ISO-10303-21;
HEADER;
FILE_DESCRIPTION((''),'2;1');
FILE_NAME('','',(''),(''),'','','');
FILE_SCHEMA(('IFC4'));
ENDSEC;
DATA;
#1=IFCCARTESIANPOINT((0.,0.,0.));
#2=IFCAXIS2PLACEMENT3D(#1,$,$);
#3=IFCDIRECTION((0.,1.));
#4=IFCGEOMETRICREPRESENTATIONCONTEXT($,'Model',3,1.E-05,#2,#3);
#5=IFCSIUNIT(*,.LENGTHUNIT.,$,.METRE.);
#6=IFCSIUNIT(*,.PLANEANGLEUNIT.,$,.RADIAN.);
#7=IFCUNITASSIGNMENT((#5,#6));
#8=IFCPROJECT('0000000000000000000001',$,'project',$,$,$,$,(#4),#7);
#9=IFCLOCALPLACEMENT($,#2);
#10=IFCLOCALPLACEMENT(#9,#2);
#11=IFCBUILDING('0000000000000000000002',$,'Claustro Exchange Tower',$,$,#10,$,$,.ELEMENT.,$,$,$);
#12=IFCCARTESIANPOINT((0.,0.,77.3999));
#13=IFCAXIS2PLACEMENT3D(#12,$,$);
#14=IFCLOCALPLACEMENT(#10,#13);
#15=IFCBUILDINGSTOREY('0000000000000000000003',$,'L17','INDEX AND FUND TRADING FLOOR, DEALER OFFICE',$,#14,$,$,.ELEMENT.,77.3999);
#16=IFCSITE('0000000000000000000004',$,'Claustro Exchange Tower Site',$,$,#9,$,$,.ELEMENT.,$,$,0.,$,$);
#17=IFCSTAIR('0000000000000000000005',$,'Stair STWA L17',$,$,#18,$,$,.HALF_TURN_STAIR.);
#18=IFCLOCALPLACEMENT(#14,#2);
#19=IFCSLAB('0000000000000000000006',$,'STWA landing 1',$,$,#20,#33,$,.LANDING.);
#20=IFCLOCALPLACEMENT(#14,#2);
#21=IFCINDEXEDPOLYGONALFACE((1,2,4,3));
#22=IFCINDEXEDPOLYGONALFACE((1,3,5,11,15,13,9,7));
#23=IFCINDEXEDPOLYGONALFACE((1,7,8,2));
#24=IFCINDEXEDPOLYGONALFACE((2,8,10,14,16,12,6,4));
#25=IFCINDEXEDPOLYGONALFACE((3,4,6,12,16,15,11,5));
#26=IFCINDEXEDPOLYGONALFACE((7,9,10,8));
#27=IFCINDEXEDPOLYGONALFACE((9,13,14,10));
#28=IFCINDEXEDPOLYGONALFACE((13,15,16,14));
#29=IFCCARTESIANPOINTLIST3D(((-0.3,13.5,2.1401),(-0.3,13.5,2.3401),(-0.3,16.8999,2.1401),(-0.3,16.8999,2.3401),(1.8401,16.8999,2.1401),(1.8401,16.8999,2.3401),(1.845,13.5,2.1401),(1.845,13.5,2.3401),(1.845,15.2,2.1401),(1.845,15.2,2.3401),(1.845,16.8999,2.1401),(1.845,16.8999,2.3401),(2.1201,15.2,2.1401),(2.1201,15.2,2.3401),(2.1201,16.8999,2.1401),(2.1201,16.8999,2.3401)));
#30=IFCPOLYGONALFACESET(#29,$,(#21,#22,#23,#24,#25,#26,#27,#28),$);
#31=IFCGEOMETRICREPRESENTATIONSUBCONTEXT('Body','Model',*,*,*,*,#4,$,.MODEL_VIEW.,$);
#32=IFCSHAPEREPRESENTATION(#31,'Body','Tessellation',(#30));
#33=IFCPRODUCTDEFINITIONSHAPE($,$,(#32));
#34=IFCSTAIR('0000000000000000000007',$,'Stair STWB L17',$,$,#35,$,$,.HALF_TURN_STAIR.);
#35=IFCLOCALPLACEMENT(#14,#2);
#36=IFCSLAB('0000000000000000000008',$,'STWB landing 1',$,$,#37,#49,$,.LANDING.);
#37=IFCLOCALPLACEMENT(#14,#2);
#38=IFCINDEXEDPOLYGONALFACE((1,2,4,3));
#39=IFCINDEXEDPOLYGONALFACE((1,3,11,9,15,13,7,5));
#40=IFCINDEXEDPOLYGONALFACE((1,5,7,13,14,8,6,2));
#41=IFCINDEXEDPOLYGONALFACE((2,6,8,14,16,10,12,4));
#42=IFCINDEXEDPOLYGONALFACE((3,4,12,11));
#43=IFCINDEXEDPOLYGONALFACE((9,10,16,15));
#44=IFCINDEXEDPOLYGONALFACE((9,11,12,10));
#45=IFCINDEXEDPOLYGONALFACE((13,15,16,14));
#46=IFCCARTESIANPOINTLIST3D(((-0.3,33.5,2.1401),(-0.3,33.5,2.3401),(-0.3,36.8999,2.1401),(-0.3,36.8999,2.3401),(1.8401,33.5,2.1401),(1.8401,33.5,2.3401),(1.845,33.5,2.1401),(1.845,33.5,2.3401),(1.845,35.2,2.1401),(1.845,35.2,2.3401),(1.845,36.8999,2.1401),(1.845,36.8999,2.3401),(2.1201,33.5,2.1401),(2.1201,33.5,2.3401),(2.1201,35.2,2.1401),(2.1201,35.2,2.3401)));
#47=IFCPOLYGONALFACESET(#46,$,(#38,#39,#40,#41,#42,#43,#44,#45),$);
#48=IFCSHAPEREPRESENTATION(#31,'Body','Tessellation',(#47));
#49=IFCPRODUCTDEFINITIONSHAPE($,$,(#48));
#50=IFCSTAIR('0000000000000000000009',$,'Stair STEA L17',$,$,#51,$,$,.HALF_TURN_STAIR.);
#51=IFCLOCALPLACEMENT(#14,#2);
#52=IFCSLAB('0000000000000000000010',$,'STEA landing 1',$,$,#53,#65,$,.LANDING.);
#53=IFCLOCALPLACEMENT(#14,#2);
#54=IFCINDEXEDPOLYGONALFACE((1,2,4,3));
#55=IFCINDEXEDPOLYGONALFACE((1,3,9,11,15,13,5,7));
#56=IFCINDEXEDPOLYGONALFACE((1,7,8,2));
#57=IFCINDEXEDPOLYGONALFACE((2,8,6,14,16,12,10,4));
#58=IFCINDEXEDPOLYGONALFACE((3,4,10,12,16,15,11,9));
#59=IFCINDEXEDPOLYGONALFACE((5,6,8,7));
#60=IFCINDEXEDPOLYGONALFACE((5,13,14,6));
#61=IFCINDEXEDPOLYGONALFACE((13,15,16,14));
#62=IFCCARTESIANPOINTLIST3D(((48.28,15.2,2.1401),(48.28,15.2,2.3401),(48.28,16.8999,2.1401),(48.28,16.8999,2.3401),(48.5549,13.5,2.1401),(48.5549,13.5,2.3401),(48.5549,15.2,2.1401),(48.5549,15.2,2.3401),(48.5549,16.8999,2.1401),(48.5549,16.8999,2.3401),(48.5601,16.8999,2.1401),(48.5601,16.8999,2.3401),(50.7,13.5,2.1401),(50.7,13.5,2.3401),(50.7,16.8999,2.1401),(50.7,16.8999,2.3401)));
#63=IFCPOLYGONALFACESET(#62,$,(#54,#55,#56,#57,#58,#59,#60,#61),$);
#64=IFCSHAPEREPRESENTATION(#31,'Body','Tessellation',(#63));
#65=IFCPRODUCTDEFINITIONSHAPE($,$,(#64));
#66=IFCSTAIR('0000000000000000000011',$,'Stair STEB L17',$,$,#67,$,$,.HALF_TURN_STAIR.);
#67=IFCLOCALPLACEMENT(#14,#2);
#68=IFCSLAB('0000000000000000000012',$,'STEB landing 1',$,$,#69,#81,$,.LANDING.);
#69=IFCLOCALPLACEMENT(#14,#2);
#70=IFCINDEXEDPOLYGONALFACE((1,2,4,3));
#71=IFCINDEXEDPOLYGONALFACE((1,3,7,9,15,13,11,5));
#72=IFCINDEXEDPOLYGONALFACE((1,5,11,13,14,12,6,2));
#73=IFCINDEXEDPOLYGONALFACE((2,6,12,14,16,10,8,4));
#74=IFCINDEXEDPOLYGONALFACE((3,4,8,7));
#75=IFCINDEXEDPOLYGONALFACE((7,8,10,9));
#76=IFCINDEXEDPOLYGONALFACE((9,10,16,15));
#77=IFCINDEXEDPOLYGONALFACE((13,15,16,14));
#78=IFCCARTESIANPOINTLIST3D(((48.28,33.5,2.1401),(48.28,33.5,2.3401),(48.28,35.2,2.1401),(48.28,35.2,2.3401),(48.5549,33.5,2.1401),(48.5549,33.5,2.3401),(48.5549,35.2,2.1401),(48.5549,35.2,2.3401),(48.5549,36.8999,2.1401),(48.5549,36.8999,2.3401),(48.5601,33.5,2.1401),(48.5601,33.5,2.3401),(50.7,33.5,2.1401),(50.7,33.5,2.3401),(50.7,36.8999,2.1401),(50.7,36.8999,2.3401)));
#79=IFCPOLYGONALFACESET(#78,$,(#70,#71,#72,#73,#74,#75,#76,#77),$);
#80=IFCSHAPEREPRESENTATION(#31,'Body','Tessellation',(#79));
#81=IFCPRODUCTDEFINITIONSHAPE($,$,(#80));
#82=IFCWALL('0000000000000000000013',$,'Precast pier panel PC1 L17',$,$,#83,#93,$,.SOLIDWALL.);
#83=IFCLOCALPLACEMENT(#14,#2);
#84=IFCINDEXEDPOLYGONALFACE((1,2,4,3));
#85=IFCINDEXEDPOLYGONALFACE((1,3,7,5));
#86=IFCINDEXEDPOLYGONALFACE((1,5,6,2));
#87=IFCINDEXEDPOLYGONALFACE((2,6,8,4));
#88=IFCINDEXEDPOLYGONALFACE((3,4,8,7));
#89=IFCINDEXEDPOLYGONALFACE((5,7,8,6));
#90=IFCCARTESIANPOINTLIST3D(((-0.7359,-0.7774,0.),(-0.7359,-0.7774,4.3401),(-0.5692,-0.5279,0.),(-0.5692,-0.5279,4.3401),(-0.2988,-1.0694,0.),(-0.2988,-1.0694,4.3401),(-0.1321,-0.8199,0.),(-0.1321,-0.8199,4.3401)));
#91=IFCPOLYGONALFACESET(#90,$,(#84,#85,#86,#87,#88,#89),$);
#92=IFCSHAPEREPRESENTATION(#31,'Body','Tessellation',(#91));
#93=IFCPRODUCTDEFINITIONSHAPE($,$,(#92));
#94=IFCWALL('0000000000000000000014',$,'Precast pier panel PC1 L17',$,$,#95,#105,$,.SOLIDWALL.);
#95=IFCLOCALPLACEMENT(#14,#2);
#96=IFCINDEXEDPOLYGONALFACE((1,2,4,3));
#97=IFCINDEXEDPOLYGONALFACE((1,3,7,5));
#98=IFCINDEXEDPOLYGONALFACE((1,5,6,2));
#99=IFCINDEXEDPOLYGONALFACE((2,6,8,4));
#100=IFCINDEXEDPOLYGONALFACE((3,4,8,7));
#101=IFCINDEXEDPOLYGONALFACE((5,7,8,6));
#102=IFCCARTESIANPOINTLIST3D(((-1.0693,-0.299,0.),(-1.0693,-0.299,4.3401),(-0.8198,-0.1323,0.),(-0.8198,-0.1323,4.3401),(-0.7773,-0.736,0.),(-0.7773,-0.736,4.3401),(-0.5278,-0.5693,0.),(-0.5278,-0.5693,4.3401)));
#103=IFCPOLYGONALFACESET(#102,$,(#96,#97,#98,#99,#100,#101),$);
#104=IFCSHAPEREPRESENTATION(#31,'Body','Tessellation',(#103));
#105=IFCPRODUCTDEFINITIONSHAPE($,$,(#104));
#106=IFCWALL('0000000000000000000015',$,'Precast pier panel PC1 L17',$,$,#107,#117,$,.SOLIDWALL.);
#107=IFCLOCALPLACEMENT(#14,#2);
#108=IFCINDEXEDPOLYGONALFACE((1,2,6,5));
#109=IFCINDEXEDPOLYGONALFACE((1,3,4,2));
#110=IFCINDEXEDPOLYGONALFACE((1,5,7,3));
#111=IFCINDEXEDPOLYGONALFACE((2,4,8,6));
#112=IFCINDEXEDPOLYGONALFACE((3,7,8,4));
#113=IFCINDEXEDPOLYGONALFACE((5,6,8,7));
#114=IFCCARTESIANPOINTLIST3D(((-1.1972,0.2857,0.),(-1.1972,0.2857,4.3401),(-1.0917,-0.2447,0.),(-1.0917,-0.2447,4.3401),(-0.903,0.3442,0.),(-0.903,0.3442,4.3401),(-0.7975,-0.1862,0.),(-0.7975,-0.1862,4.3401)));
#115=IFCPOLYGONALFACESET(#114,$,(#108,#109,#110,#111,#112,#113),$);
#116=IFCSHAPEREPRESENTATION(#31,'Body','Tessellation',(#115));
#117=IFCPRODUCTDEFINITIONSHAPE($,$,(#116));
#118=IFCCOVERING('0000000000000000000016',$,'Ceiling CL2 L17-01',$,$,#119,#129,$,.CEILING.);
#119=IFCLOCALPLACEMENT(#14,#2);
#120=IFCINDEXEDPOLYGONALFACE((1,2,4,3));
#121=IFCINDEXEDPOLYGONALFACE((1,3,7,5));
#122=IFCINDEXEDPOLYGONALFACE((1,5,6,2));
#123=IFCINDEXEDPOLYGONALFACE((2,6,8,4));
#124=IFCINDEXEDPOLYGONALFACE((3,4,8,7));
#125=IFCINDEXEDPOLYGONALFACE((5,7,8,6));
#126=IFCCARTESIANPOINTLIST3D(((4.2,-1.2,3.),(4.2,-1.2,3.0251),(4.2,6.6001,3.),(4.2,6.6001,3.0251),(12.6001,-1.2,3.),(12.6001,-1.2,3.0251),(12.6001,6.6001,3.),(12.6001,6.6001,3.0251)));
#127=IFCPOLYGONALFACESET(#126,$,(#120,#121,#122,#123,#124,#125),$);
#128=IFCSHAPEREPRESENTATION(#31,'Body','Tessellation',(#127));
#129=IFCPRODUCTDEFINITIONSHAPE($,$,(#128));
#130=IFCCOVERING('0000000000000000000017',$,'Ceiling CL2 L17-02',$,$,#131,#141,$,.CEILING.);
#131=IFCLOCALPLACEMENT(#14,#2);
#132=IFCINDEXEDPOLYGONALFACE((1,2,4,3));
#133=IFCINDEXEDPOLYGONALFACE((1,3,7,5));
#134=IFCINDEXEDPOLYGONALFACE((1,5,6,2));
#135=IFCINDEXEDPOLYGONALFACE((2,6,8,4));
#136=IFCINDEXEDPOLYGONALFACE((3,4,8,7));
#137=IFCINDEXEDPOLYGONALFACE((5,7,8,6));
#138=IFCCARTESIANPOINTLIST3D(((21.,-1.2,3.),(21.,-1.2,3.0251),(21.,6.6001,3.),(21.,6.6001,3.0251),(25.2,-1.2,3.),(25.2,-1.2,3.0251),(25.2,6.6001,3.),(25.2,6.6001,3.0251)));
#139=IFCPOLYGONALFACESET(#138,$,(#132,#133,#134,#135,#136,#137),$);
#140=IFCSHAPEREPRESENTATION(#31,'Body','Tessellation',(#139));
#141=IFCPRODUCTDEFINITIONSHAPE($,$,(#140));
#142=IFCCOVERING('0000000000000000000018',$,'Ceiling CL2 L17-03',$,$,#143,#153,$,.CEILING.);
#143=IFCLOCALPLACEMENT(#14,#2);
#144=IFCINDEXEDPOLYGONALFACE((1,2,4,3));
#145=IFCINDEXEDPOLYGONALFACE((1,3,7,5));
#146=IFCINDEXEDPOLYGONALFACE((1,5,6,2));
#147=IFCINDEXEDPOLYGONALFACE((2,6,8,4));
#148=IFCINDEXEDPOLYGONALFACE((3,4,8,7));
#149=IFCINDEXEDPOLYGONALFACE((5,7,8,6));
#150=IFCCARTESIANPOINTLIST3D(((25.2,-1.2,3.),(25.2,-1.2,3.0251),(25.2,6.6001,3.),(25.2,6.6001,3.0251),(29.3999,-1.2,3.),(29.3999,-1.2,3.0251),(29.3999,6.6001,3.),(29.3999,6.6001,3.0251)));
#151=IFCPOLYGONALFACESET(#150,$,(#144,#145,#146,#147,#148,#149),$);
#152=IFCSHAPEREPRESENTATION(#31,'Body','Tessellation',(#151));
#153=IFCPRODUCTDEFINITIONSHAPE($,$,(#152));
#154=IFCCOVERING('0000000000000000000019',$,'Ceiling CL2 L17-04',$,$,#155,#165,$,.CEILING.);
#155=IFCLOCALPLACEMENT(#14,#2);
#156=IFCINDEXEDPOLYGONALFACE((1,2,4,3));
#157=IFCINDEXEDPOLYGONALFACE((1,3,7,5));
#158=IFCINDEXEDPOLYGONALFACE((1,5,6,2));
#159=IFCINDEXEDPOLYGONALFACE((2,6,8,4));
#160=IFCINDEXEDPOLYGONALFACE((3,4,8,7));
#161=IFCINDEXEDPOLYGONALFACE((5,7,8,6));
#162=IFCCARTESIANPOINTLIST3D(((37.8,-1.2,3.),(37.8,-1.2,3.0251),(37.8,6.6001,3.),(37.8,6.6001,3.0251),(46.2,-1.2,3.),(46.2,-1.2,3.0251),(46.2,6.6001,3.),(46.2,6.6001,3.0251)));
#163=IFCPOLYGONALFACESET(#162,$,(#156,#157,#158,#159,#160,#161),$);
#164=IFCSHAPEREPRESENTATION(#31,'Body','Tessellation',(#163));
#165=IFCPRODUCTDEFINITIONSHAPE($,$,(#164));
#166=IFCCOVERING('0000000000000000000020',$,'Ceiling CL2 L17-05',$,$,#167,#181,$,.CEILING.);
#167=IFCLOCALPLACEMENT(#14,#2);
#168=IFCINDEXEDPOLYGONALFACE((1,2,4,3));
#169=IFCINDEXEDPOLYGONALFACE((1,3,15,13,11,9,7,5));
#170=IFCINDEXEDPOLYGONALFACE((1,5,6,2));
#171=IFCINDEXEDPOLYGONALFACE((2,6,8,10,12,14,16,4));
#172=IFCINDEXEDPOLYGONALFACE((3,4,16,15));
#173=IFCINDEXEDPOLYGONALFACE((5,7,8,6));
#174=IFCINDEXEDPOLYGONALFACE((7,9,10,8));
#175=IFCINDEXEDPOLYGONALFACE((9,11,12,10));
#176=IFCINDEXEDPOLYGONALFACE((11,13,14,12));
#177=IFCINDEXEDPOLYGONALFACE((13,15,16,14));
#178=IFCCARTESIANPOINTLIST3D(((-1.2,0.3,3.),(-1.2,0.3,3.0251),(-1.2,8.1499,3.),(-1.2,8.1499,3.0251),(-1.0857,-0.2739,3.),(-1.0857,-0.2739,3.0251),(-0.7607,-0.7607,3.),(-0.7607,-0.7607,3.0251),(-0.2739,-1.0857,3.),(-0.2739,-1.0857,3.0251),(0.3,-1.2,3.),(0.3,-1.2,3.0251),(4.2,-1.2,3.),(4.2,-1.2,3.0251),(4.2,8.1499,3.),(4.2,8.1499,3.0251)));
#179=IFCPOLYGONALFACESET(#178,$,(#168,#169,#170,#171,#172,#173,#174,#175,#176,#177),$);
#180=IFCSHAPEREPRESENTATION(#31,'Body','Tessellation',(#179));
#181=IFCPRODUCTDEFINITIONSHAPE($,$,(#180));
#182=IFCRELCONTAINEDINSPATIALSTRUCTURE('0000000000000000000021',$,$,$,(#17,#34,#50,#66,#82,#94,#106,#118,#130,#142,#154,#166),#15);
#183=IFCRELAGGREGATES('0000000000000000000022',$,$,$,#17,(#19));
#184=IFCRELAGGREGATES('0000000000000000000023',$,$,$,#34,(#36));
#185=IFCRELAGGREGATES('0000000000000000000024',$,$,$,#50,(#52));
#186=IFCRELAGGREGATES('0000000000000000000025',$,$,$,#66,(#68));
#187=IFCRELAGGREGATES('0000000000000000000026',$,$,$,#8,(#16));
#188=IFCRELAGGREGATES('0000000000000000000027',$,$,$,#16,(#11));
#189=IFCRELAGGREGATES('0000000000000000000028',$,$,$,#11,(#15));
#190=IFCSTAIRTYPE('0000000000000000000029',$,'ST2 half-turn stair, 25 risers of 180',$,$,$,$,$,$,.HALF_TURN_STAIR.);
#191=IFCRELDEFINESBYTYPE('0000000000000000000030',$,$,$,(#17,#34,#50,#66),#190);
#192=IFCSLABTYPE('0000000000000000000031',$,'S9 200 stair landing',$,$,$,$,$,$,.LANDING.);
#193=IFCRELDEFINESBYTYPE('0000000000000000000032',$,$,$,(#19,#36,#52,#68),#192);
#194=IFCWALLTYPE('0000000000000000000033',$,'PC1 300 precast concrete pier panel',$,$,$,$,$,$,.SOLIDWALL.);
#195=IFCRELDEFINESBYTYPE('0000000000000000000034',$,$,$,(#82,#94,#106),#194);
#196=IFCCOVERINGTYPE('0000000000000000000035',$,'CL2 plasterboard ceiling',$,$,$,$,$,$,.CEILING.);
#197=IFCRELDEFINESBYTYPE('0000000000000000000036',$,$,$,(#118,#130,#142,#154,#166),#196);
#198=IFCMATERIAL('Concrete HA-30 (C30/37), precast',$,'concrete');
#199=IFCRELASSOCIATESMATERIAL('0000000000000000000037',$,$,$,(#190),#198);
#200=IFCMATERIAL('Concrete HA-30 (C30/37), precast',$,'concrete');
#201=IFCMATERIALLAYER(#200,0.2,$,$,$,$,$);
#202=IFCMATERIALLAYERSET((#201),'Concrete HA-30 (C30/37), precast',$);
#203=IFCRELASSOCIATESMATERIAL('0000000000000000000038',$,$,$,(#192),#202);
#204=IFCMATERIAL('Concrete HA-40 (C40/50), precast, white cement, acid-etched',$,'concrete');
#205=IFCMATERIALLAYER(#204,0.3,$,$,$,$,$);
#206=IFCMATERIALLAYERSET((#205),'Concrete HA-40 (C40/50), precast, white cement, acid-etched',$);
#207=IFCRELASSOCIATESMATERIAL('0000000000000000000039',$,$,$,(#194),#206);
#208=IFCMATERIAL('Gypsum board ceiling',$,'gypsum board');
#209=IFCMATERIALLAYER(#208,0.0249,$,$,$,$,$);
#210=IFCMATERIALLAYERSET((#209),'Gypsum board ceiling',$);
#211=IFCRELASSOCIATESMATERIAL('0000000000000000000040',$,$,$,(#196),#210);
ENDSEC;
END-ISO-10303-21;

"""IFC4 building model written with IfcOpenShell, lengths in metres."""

from ifc_helpers import new_model, si_unit, direction, frame, frame_2d, origin, place, context, subcontext, project, spatial, polyline, rectangle, outline, extrude, material, layer, layer_set, type_object, element, aggregate, save


model = new_model("IFC4")

# Units and contexts
model_context = context("Model", 3, precision=1e-05, world=origin(), true_north=direction((0.0, 1.0)))
body_context = subcontext(model_context, "Body", "Model", "MODEL_VIEW")
ifc_project = project(units=[si_unit("LENGTHUNIT", "METRE"), si_unit("PLANEANGLEUNIT", "RADIAN")], contexts=[model_context])

# Site, building, storey
site_placement = place(None, origin())
site = spatial("IfcSite", under=ifc_project, at=site_placement, Name="Claustro Exchange Tower Site", CompositionType="ELEMENT", RefElevation=0.0)
building_placement = place(site_placement, origin())
building = spatial("IfcBuilding", under=site, at=building_placement, Name="Claustro Exchange Tower", CompositionType="ELEMENT")
storey_placement = place(building_placement, frame((0.0, 0.0, 77.3999)))
storey = spatial("IfcBuildingStorey", under=building, at=storey_placement, Name="L17", Description="INDEX AND FUND TRADING FLOOR, DEALER OFFICE", CompositionType="ELEMENT", Elevation=77.3999)

# Stairs, slabs
ifc_material_1 = material(Name="Concrete HA-30 (C30/37), precast", Category="concrete")
stair_type = type_object("IfcStairType", Name="ST2 half-turn stair, 25 risers of 180", PredefinedType="HALF_TURN_STAIR", material=ifc_material_1)
stair_1_placement = place(storey_placement, origin())
stair_1 = element("IfcStair", 1, at=stair_1_placement, inside=storey, type_object=stair_type, Name="Stair STWA L17", PredefinedType="HALF_TURN_STAIR")
ifc_material_2 = material(Name="Concrete HA-30 (C30/37), precast", Category="concrete")
ifc_layer_1 = layer(ifc_material_2, 0.2)
ifc_layer_set_1 = layer_set([ifc_layer_1], Name="Concrete HA-30 (C30/37), precast")
slab_type_1 = type_object("IfcSlabType", Name="S9 200 stair landing", PredefinedType="LANDING", material=ifc_layer_set_1)
slab_1_placement = place(storey_placement, frame((0.0, 0.0, 2.1401)))
slab_1 = element("IfcSlab", 2, at=slab_1_placement, type_object=slab_type_1, Name="STWA landing 1", PredefinedType="LANDING", context=body_context, shape_type="SweptSolid", body=[
    extrude(outline(polyline([(1.845, 13.5), (-0.3, 13.5), (-0.3, 16.8999), (1.8401, 16.8999), (1.845, 16.8999), (2.1201, 16.8999), (2.1201, 15.2), (1.845, 15.2), (1.845, 13.5)])), origin(), (0.0, 0.0, 1.0), 0.2),
])
aggregate(stair_1, [slab_1])
stair_2_placement = place(storey_placement, origin())
stair_2 = element("IfcStair", 3, at=stair_2_placement, inside=storey, type_object=stair_type, Name="Stair STWB L17", PredefinedType="HALF_TURN_STAIR")
slab_2_placement = place(storey_placement, frame((0.0, 0.0, 2.1401)))
slab_2 = element("IfcSlab", 4, at=slab_2_placement, type_object=slab_type_1, Name="STWB landing 1", PredefinedType="LANDING", context=body_context, shape_type="SweptSolid", body=[
    extrude(outline(polyline([(2.1201, 35.2), (2.1201, 33.5), (1.845, 33.5), (1.8401, 33.5), (-0.3, 33.5), (-0.3, 36.8999), (1.845, 36.8999), (1.845, 35.2), (2.1201, 35.2)])), origin(), (0.0, 0.0, 1.0), 0.2),
])
aggregate(stair_2, [slab_2])
stair_3_placement = place(storey_placement, origin())
stair_3 = element("IfcStair", 5, at=stair_3_placement, inside=storey, type_object=stair_type, Name="Stair STEA L17", PredefinedType="HALF_TURN_STAIR")
slab_3_placement = place(storey_placement, frame((0.0, 0.0, 2.1401)))
slab_3 = element("IfcSlab", 6, at=slab_3_placement, type_object=slab_type_1, Name="STEA landing 1", PredefinedType="LANDING", context=body_context, shape_type="SweptSolid", body=[
    extrude(outline(polyline([(50.7, 16.8999), (50.7, 13.5), (48.5549, 13.5), (48.5549, 15.2), (48.28, 15.2), (48.28, 16.8999), (48.5549, 16.8999), (48.5601, 16.8999), (50.7, 16.8999)])), origin(), (0.0, 0.0, 1.0), 0.2),
])
aggregate(stair_3, [slab_3])
stair_4_placement = place(storey_placement, origin())
stair_4 = element("IfcStair", 7, at=stair_4_placement, inside=storey, type_object=stair_type, Name="Stair STEB L17", PredefinedType="HALF_TURN_STAIR")
slab_4_placement = place(storey_placement, frame((0.0, 0.0, 2.1401)))
slab_4 = element("IfcSlab", 8, at=slab_4_placement, type_object=slab_type_1, Name="STEB landing 1", PredefinedType="LANDING", context=body_context, shape_type="SweptSolid", body=[
    extrude(outline(polyline([(48.28, 33.5), (48.28, 35.2), (48.5549, 35.2), (48.5549, 36.8999), (50.7, 36.8999), (50.7, 33.5), (48.5601, 33.5), (48.5549, 33.5), (48.28, 33.5)])), origin(), (0.0, 0.0, 1.0), 0.2),
])
aggregate(stair_4, [slab_4])

# Walls
ifc_material_3 = material(Name="Concrete HA-40 (C40/50), precast, white cement, acid-etched", Category="concrete")
ifc_layer_2 = layer(ifc_material_3, 0.3)
ifc_layer_set_2 = layer_set([ifc_layer_2], Name="Concrete HA-40 (C40/50), precast, white cement, acid-etched")
wall_type = type_object("IfcWallType", Name="PC1 300 precast concrete pier panel", PredefinedType="SOLIDWALL", material=ifc_layer_set_2)
for number, where, z_axis, x_axis, name in (
    (9, (-0.2156, -0.9446, 0.0), (0.0, 0.0, 1.0), (-0.831478, 0.555557, 0.0), "Precast pier panel PC1 L17"),
    (10, (-0.6526, -0.6526, 0.0), (0.0, 0.0, 1.0), (-0.555557, 0.831478, 0.0), "Precast pier panel PC1 L17"),
):
    element("IfcWall", number, at=place(storey_placement, frame(where, z_axis=z_axis, x_axis=x_axis)), inside=storey, type_object=wall_type, Name=name, PredefinedType="SOLIDWALL", context=body_context, shape_type="SweptSolid", body=[
        extrude(rectangle(XDim=0.5256, YDim=0.3, at=frame_2d((0.2627, 0.0))), origin(), (0.0, 0.0, 1.0), 4.3401),
    ])
wall_placement = place(storey_placement, frame((-0.9446, -0.2156, 0.0), z_axis=(0.0, 0.0, 1.0), x_axis=(-0.195074, 0.980789, 0.0)))
element("IfcWall", 11, at=wall_placement, inside=storey, type_object=wall_type, Name="Precast pier panel PC1 L17", PredefinedType="SOLIDWALL", context=body_context, shape_type="SweptSolid", body=[
    extrude(rectangle(XDim=0.5408, YDim=0.3, at=frame_2d((0.2705, 0.0))), origin(), (0.0, 0.0, 1.0), 4.3401),
])

# Coverings
ifc_material_4 = material(Name="Gypsum board ceiling", Category="gypsum board")
ifc_layer_3 = layer(ifc_material_4, 0.0249)
ifc_layer_set_3 = layer_set([ifc_layer_3], Name="Gypsum board ceiling")
covering_type = type_object("IfcCoveringType", Name="CL2 plasterboard ceiling", PredefinedType="CEILING", material=ifc_layer_set_3)
covering_1_placement = place(storey_placement, frame((0.0, 0.0, 3.0)))
element("IfcCovering", 12, at=covering_1_placement, inside=storey, type_object=covering_type, Name="Ceiling CL2 L17-01", PredefinedType="CEILING", context=body_context, shape_type="SweptSolid", body=[
    extrude(outline(polyline([(4.2, -1.2), (12.6001, -1.2), (12.6001, 6.6001), (4.2, 6.6001), (4.2, -1.2)])), origin(), (0.0, 0.0, 1.0), 0.0251),
])
covering_2_placement = place(storey_placement, frame((0.0, 0.0, 3.0)))
element("IfcCovering", 13, at=covering_2_placement, inside=storey, type_object=covering_type, Name="Ceiling CL2 L17-02", PredefinedType="CEILING", context=body_context, shape_type="SweptSolid", body=[
    extrude(outline(polyline([(21.0, -1.2), (25.2, -1.2), (25.2, 6.6001), (21.0, 6.6001), (21.0, -1.2)])), origin(), (0.0, 0.0, 1.0), 0.0251),
])
covering_3_placement = place(storey_placement, frame((0.0, 0.0, 3.0)))
element("IfcCovering", 14, at=covering_3_placement, inside=storey, type_object=covering_type, Name="Ceiling CL2 L17-03", PredefinedType="CEILING", context=body_context, shape_type="SweptSolid", body=[
    extrude(outline(polyline([(25.2, -1.2), (29.3999, -1.2), (29.3999, 6.6001), (25.2, 6.6001), (25.2, -1.2)])), origin(), (0.0, 0.0, 1.0), 0.0251),
])
covering_4_placement = place(storey_placement, frame((0.0, 0.0, 3.0)))
element("IfcCovering", 15, at=covering_4_placement, inside=storey, type_object=covering_type, Name="Ceiling CL2 L17-04", PredefinedType="CEILING", context=body_context, shape_type="SweptSolid", body=[
    extrude(outline(polyline([(37.8, -1.2), (46.2, -1.2), (46.2, 6.6001), (37.8, 6.6001), (37.8, -1.2)])), origin(), (0.0, 0.0, 1.0), 0.0251),
])
covering_5_placement = place(storey_placement, frame((0.0, 0.0, 3.0)))
element("IfcCovering", 16, at=covering_5_placement, inside=storey, type_object=covering_type, Name="Ceiling CL2 L17-05", PredefinedType="CEILING", context=body_context, shape_type="SweptSolid", body=[
    extrude(outline(polyline([(-1.0857, -0.2739), (-0.7607, -0.7607), (-0.2739, -1.0857), (0.3, -1.2), (4.2, -1.2), (4.2, 8.1499), (-1.2, 8.1499), (-1.2, 0.3), (-1.0857, -0.2739)])), origin(), (0.0, 0.0, 1.0), 0.0251),
])

save(model, "model.ifc")
